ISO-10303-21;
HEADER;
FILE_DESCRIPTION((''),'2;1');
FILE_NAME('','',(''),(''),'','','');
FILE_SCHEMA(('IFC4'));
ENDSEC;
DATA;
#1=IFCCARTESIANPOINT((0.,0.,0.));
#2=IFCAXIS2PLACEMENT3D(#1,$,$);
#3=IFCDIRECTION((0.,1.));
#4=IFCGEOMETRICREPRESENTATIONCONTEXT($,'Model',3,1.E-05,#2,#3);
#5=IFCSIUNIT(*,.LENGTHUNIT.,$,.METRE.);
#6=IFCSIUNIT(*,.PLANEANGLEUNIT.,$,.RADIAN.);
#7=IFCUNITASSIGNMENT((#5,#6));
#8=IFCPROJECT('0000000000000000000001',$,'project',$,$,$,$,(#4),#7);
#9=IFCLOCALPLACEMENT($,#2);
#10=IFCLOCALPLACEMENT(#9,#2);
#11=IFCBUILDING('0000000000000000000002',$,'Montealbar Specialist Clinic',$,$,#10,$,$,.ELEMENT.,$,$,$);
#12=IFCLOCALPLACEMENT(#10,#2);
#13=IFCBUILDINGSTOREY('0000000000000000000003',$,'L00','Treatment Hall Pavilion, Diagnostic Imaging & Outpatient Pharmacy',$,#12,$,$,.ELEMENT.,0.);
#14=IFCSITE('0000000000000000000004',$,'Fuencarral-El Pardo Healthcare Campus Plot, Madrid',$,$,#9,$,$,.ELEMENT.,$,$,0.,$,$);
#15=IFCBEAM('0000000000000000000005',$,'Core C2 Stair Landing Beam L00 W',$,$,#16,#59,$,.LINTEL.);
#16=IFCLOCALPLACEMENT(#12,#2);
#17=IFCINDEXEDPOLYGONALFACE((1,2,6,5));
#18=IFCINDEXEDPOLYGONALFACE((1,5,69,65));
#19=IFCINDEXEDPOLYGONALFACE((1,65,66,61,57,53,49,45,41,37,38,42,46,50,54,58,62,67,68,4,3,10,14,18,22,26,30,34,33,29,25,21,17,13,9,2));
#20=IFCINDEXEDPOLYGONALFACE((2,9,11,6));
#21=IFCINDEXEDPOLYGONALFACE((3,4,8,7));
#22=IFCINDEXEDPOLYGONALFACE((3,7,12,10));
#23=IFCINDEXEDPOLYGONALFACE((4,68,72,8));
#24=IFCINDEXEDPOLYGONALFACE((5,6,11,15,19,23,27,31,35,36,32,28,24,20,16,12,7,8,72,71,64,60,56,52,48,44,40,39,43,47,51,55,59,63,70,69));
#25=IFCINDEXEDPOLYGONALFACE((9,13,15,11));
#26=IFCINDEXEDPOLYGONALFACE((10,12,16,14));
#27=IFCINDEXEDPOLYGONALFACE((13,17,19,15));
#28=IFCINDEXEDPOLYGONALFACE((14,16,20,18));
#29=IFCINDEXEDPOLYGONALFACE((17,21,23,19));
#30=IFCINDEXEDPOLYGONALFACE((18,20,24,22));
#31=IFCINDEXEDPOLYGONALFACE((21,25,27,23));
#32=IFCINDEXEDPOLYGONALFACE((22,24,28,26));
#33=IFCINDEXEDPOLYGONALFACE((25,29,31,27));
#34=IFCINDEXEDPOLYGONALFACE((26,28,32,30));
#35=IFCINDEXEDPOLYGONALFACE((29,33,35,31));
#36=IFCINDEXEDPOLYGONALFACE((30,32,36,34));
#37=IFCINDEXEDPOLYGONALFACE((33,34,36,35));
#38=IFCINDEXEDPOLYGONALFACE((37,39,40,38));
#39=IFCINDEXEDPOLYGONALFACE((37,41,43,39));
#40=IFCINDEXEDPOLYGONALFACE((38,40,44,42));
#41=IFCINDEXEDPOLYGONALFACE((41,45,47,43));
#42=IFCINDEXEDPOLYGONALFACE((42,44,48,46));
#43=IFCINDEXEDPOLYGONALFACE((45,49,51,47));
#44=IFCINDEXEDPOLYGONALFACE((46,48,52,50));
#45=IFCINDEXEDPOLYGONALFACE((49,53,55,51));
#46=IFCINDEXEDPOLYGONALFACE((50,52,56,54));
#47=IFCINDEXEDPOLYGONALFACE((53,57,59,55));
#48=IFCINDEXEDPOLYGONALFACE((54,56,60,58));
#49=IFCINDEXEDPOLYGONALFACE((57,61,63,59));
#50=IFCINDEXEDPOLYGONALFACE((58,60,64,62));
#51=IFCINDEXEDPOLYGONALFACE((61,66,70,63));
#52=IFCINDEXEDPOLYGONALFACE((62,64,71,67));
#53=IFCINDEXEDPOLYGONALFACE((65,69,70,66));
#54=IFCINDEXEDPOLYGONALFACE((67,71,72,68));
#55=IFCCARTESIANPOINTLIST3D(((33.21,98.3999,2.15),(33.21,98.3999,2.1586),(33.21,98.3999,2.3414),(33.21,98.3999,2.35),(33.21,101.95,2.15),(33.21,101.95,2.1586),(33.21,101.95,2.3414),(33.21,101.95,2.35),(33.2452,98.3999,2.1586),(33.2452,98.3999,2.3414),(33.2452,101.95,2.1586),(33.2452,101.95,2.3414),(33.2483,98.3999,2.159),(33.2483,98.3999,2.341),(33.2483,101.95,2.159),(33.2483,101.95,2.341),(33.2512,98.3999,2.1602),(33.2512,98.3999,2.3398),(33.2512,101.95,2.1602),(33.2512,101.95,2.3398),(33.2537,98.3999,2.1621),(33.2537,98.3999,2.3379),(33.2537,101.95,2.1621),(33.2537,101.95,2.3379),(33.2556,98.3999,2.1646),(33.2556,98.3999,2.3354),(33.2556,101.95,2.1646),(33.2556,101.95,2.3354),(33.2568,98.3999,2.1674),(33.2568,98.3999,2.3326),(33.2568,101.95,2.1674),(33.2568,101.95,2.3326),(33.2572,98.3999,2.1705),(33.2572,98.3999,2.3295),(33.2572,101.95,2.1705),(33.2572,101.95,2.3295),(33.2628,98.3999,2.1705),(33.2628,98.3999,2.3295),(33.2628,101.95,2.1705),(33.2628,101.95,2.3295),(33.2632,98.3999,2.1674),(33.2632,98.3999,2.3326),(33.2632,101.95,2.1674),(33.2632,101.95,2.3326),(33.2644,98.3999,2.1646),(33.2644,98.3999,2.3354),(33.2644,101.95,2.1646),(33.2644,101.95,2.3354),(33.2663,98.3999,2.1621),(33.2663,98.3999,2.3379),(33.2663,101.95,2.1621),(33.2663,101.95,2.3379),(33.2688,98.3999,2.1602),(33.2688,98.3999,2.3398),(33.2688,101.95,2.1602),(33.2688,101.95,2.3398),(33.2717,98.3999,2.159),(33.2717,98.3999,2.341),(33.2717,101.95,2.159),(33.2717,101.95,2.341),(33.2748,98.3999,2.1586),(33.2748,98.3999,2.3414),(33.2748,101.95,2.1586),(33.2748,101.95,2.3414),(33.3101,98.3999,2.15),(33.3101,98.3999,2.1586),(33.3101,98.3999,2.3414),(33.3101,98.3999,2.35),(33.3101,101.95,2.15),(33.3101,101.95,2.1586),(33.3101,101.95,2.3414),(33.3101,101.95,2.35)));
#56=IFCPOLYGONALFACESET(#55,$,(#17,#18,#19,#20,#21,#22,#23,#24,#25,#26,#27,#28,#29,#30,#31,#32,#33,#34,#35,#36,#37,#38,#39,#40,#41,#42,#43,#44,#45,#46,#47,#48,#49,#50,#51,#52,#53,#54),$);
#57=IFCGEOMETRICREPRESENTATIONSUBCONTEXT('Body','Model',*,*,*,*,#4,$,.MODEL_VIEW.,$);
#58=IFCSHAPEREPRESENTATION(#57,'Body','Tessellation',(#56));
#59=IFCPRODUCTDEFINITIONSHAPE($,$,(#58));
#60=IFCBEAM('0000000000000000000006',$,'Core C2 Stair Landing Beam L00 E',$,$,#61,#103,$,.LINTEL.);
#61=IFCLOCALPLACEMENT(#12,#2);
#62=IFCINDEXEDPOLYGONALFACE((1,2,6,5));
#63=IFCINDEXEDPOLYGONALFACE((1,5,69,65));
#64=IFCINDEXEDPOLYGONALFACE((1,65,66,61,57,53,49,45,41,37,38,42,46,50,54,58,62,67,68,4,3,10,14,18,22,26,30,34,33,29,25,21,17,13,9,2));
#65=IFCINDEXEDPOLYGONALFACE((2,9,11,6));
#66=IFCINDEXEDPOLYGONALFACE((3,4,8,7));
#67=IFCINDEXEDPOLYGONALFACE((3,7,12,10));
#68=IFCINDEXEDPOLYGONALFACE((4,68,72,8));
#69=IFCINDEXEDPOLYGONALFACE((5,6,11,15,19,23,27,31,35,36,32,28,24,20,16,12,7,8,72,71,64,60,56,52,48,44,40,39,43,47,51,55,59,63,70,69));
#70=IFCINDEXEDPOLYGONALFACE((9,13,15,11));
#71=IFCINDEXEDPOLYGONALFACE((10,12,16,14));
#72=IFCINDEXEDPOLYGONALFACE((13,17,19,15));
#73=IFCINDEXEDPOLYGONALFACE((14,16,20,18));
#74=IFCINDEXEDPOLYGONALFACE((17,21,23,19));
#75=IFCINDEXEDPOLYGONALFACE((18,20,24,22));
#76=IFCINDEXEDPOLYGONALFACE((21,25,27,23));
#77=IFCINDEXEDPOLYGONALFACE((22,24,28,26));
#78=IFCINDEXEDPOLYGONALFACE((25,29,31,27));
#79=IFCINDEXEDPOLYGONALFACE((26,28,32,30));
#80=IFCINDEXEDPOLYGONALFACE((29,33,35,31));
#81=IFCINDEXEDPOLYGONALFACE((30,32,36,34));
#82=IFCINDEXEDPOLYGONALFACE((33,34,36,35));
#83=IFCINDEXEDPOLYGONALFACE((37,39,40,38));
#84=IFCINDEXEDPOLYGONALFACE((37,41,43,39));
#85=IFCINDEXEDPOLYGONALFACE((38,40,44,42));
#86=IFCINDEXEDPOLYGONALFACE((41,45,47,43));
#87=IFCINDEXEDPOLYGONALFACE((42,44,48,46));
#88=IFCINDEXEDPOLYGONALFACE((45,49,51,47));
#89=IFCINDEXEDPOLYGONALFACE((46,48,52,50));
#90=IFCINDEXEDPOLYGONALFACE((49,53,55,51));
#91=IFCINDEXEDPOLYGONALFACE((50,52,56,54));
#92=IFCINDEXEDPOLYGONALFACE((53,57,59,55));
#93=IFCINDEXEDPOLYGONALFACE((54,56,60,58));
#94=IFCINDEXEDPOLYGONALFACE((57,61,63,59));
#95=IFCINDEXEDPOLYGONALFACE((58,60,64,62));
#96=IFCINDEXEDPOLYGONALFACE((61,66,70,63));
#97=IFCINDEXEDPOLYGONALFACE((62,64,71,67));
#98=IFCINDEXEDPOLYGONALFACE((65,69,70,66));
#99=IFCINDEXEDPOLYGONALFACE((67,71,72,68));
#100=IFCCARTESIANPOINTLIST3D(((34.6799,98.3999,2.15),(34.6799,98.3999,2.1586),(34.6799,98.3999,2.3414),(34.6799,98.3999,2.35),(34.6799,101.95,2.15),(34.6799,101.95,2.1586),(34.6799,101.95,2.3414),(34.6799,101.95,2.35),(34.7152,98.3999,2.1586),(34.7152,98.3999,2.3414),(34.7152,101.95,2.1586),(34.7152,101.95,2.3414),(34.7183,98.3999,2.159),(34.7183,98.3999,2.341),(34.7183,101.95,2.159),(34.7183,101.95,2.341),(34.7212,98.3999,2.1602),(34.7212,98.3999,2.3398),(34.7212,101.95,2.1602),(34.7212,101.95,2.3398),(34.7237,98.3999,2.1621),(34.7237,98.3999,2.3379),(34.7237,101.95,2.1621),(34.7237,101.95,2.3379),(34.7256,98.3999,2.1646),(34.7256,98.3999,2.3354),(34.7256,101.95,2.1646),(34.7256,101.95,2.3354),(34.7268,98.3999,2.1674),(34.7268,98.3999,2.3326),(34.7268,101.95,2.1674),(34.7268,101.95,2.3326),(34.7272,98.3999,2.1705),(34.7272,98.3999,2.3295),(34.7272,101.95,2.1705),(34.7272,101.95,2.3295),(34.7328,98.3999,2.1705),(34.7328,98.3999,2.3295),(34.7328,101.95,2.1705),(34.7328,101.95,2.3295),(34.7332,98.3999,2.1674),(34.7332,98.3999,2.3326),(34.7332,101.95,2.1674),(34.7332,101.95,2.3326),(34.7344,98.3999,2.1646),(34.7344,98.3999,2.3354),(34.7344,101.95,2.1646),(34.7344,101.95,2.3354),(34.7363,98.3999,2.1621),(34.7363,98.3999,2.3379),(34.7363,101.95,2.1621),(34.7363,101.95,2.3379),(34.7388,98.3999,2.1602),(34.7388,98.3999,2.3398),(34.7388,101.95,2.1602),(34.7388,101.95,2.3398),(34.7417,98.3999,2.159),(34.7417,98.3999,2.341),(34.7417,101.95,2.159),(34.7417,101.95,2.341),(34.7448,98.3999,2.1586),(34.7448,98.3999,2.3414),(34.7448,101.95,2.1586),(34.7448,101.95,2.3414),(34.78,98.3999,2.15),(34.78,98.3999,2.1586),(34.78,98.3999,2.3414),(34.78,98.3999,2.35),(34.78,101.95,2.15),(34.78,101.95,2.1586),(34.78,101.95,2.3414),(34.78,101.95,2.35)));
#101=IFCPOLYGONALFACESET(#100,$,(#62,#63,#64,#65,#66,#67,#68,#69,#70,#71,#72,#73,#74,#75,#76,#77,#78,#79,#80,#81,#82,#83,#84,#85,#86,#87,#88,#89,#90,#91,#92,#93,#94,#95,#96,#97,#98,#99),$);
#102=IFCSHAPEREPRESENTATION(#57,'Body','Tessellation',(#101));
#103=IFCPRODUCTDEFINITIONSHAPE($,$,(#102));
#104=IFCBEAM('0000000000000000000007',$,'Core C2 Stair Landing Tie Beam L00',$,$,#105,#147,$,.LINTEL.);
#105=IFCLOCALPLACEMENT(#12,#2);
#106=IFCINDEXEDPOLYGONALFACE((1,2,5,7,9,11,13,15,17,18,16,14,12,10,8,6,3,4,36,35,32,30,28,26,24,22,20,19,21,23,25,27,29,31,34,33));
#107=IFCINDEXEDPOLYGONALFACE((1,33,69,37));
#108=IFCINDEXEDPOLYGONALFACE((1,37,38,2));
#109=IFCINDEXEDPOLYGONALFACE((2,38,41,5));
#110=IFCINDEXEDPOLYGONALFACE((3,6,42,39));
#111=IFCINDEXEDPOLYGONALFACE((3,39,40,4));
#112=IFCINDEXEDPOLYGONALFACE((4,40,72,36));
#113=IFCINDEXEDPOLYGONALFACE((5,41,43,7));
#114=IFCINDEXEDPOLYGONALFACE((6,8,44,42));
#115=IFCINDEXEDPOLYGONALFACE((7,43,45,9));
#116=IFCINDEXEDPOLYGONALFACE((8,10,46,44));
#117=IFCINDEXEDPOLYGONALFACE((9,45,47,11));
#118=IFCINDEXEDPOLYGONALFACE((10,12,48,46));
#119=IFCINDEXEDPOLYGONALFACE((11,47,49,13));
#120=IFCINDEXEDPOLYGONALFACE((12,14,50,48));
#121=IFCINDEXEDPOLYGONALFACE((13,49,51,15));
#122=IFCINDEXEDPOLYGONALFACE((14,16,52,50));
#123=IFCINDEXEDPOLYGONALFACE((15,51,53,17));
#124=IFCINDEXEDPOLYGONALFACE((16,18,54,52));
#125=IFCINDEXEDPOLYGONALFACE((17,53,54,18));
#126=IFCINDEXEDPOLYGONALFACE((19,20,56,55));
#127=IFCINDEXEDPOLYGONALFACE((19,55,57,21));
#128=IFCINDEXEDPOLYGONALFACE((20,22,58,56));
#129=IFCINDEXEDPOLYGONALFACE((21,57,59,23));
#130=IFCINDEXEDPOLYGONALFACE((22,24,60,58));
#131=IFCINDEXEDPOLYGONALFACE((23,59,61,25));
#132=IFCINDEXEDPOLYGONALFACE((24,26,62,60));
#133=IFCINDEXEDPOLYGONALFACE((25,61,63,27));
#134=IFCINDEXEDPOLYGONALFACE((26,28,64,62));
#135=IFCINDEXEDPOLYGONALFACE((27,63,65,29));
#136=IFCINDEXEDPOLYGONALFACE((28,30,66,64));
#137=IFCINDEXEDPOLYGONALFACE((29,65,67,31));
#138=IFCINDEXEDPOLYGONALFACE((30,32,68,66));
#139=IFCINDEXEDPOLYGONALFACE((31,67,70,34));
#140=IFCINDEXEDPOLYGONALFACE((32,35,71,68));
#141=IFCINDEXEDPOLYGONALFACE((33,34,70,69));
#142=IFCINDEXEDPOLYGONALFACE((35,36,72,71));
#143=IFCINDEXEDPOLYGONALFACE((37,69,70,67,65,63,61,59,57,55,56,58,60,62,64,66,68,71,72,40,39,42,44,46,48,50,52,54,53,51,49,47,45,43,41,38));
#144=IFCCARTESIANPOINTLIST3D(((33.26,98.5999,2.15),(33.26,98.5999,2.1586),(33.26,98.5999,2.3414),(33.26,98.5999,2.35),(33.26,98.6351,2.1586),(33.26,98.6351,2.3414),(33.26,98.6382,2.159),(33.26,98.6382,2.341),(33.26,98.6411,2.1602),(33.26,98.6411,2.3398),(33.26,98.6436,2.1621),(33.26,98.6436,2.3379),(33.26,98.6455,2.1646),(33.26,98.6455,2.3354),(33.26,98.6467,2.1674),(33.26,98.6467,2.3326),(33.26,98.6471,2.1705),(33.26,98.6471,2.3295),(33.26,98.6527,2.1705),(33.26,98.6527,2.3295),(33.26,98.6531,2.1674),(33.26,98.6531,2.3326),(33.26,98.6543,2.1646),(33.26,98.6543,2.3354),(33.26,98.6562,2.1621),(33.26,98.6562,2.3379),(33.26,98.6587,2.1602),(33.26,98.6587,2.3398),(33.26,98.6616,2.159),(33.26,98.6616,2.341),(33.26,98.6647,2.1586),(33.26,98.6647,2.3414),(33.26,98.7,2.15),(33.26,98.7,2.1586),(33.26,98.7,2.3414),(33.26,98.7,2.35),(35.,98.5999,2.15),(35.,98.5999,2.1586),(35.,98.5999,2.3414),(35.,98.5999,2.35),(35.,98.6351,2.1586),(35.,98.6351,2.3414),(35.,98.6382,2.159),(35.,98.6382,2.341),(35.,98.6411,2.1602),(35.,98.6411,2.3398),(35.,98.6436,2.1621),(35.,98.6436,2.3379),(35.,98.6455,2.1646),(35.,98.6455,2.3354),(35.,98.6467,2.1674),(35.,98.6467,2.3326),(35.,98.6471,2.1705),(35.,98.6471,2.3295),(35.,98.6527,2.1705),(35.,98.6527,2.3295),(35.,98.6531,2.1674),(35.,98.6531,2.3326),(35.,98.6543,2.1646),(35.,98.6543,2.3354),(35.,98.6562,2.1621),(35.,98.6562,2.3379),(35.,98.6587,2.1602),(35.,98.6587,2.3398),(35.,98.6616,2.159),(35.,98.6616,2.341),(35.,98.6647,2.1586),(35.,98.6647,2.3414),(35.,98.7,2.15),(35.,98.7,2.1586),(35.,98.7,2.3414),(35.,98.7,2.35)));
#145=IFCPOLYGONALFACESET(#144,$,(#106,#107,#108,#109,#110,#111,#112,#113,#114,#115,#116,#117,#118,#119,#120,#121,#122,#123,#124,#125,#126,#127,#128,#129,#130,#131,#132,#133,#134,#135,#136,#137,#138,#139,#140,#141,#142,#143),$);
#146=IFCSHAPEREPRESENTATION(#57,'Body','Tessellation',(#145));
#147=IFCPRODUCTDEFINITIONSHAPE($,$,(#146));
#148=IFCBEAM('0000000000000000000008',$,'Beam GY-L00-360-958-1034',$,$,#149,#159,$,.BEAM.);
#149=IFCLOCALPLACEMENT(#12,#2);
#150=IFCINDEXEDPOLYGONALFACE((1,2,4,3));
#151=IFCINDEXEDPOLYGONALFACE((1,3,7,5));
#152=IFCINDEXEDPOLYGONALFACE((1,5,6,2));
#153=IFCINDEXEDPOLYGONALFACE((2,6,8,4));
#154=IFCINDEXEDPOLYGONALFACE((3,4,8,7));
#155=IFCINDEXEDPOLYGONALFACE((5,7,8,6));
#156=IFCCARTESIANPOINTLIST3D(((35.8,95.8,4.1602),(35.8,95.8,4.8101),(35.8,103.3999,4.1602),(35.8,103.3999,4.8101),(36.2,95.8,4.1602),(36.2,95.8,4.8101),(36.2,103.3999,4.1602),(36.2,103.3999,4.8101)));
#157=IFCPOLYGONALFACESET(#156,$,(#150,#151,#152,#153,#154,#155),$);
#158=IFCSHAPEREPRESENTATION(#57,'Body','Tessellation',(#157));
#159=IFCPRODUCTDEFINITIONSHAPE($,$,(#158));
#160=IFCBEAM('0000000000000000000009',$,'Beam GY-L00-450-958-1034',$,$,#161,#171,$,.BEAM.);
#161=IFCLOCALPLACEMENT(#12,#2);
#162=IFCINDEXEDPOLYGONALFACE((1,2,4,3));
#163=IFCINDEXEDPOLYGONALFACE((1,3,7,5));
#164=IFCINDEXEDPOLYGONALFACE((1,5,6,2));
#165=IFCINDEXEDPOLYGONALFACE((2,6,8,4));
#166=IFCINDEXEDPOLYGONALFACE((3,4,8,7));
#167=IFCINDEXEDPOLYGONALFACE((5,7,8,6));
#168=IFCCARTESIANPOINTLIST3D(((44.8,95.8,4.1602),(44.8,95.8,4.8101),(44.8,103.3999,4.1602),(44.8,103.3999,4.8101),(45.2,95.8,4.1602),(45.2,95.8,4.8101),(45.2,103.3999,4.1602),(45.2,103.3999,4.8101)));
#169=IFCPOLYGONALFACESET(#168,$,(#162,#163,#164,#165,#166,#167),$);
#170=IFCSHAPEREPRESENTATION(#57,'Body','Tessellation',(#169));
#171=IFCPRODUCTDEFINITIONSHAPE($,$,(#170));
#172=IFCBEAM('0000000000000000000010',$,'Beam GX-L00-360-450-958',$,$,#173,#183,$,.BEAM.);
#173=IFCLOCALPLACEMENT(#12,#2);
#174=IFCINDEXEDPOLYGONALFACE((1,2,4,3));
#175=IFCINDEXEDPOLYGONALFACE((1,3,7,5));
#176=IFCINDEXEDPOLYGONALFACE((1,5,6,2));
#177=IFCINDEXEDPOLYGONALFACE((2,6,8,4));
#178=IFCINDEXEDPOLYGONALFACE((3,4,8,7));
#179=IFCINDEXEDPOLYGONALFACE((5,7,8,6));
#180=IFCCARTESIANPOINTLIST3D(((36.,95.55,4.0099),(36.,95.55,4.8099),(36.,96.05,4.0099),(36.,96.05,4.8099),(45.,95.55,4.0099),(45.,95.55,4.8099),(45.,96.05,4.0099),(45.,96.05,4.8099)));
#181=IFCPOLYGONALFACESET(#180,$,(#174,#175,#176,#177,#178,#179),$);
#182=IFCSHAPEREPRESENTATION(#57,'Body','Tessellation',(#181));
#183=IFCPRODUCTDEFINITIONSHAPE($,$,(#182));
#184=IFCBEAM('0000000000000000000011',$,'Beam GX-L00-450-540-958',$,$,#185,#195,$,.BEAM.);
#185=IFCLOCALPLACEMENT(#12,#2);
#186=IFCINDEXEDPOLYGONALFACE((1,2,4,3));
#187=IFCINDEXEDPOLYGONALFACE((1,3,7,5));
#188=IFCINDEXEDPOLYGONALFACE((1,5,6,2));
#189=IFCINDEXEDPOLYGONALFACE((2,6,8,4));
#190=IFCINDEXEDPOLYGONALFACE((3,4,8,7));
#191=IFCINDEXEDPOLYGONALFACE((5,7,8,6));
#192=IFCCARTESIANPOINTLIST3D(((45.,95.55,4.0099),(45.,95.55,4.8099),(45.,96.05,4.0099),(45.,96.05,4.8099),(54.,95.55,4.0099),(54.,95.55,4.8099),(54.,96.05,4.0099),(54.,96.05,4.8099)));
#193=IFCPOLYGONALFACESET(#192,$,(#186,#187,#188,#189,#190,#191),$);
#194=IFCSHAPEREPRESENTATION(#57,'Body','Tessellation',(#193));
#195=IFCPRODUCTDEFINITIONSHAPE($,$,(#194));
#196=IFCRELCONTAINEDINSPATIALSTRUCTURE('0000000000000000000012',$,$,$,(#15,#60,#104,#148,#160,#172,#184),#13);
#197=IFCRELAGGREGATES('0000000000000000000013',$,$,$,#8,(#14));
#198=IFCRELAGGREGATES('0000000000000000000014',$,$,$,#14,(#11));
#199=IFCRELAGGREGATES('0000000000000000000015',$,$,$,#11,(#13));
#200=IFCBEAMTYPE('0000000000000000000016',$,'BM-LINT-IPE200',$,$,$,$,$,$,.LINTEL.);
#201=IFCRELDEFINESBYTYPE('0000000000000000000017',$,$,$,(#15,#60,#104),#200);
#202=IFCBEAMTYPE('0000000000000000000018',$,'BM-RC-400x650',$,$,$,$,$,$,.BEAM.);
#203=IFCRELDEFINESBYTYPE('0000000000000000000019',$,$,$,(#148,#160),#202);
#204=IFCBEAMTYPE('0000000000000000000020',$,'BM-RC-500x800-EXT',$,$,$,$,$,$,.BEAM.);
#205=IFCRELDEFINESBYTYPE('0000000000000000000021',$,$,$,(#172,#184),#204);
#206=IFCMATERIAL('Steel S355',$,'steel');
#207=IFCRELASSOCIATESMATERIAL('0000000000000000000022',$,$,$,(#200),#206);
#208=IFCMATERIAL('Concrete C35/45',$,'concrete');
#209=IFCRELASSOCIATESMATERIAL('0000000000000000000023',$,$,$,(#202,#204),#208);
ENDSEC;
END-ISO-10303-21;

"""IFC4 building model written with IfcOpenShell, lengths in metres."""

from ifc_helpers import new_model, si_unit, direction, frame, origin, origin_2d, place, context, subcontext, project, spatial, rectangle, i_section, extrude, material, material_profile, profile_set, type_object, element, save


model = new_model("IFC4")

# Units and contexts
model_context = context("Model", 3, precision=1e-05, world=origin(), true_north=direction((0.0, 1.0)))
body_context = subcontext(model_context, "Body", "Model", "MODEL_VIEW")
ifc_project = project(units=[si_unit("LENGTHUNIT", "METRE"), si_unit("PLANEANGLEUNIT", "RADIAN")], contexts=[model_context])

# Site, building, storey
site_placement = place(None, origin())
site = spatial("IfcSite", under=ifc_project, at=site_placement, Name="Fuencarral-El Pardo Healthcare Campus Plot, Madrid", CompositionType="ELEMENT", RefElevation=0.0)
building_placement = place(site_placement, origin())
building = spatial("IfcBuilding", under=site, at=building_placement, Name="Montealbar Specialist Clinic", CompositionType="ELEMENT")
storey_placement = place(building_placement, origin())
storey = spatial("IfcBuildingStorey", under=building, at=storey_placement, Name="L00", Description="Treatment Hall Pavilion, Diagnostic Imaging & Outpatient Pharmacy", CompositionType="ELEMENT", Elevation=0.0)

# Shared definitions
ifc_material_1 = material(Name="Concrete C35/45", Category="concrete")

# Beams
ifc_material_2 = material(Name="Steel S355", Category="steel")
ifc_material_profile_1 = material_profile(ifc_material_2, i_section(OverallWidth=0.1001, OverallDepth=0.2, WebThickness=0.0056, FlangeThickness=0.0085, FilletRadius=0.012, at=origin_2d()), Name="IPE 200", Category="steel")
ifc_profile_set_1 = profile_set([ifc_material_profile_1], Name="Steel S355")
beam_type_1 = type_object("IfcBeamType", Name="BM-LINT-IPE200", PredefinedType="LINTEL", material=ifc_profile_set_1)
for number, where, z_axis, x_axis, name in (
    (1, (33.26, 98.3999, 2.25), (0.0, 1.0, 0.0), (-1.0, 0.0, 0.0), "Core C2 Stair Landing Beam L00 W"),
    (2, (34.73, 98.3999, 2.25), (0.0, 1.0, 0.0), (-1.0, 0.0, 0.0), "Core C2 Stair Landing Beam L00 E"),
):
    element("IfcBeam", number, at=place(storey_placement, frame(where, z_axis=z_axis, x_axis=x_axis)), inside=storey, type_object=beam_type_1, Name=name, PredefinedType="LINTEL", context=body_context, shape_type="SweptSolid", body=[
        extrude(i_section(OverallWidth=0.1001, OverallDepth=0.2, WebThickness=0.0056, FlangeThickness=0.0085, FilletRadius=0.012, at=origin_2d()), origin(), (0.0, 0.0, 1.0), 3.55),
    ])
beam_1_placement = place(storey_placement, frame((33.26, 98.6499, 2.25), z_axis=(1.0, 0.0, 0.0), x_axis=(0.0, 1.0, 0.0)))
element("IfcBeam", 3, at=beam_1_placement, inside=storey, type_object=beam_type_1, Name="Core C2 Stair Landing Tie Beam L00", PredefinedType="LINTEL", context=body_context, shape_type="SweptSolid", body=[
    extrude(i_section(OverallWidth=0.1001, OverallDepth=0.2, WebThickness=0.0056, FlangeThickness=0.0085, FilletRadius=0.012, at=origin_2d()), origin(), (0.0, 0.0, 1.0), 1.74),
])
ifc_material_profile_2 = material_profile(ifc_material_1, rectangle(XDim=0.3999, YDim=0.6499, at=origin_2d()), Name="RC 400x650", Category="concrete")
ifc_profile_set_2 = profile_set([ifc_material_profile_2], Name="Concrete C35/45")
beam_type_2 = type_object("IfcBeamType", Name="BM-RC-400x650", PredefinedType="BEAM", material=ifc_profile_set_2)
for number, where, z_axis, x_axis, name in (
    (4, (36.0, 95.8, 4.4851), (0.0, 1.0, 0.0), (-1.0, 0.0, 0.0), "Beam GY-L00-360-958-1034"),
    (5, (45.0, 95.8, 4.4851), (0.0, 1.0, 0.0), (-1.0, 0.0, 0.0), "Beam GY-L00-450-958-1034"),
):
    element("IfcBeam", number, at=place(storey_placement, frame(where, z_axis=z_axis, x_axis=x_axis)), inside=storey, type_object=beam_type_2, Name=name, PredefinedType="BEAM", context=body_context, shape_type="SweptSolid", body=[
        extrude(rectangle(XDim=0.3999, YDim=0.6499, at=origin_2d()), origin(), (0.0, 0.0, 1.0), 7.5999),
    ])
ifc_material_profile_3 = material_profile(ifc_material_1, rectangle(XDim=0.5, YDim=0.8, at=origin_2d()), Name="RC 500x800", Category="concrete")
ifc_profile_set_3 = profile_set([ifc_material_profile_3], Name="Concrete C35/45")
beam_type_3 = type_object("IfcBeamType", Name="BM-RC-500x800-EXT", PredefinedType="BEAM", material=ifc_profile_set_3)
for number, where, z_axis, x_axis, name in (
    (6, (36.0, 95.8, 4.4099), (1.0, 0.0, 0.0), (0.0, 1.0, 0.0), "Beam GX-L00-360-450-958"),
    (7, (45.0, 95.8, 4.4099), (1.0, 0.0, 0.0), (0.0, 1.0, 0.0), "Beam GX-L00-450-540-958"),
):
    element("IfcBeam", number, at=place(storey_placement, frame(where, z_axis=z_axis, x_axis=x_axis)), inside=storey, type_object=beam_type_3, Name=name, PredefinedType="BEAM", context=body_context, shape_type="SweptSolid", body=[
        extrude(rectangle(XDim=0.5, YDim=0.8, at=origin_2d()), origin(), (0.0, 0.0, 1.0), 9.0),
    ])

save(model, "model.ifc")
